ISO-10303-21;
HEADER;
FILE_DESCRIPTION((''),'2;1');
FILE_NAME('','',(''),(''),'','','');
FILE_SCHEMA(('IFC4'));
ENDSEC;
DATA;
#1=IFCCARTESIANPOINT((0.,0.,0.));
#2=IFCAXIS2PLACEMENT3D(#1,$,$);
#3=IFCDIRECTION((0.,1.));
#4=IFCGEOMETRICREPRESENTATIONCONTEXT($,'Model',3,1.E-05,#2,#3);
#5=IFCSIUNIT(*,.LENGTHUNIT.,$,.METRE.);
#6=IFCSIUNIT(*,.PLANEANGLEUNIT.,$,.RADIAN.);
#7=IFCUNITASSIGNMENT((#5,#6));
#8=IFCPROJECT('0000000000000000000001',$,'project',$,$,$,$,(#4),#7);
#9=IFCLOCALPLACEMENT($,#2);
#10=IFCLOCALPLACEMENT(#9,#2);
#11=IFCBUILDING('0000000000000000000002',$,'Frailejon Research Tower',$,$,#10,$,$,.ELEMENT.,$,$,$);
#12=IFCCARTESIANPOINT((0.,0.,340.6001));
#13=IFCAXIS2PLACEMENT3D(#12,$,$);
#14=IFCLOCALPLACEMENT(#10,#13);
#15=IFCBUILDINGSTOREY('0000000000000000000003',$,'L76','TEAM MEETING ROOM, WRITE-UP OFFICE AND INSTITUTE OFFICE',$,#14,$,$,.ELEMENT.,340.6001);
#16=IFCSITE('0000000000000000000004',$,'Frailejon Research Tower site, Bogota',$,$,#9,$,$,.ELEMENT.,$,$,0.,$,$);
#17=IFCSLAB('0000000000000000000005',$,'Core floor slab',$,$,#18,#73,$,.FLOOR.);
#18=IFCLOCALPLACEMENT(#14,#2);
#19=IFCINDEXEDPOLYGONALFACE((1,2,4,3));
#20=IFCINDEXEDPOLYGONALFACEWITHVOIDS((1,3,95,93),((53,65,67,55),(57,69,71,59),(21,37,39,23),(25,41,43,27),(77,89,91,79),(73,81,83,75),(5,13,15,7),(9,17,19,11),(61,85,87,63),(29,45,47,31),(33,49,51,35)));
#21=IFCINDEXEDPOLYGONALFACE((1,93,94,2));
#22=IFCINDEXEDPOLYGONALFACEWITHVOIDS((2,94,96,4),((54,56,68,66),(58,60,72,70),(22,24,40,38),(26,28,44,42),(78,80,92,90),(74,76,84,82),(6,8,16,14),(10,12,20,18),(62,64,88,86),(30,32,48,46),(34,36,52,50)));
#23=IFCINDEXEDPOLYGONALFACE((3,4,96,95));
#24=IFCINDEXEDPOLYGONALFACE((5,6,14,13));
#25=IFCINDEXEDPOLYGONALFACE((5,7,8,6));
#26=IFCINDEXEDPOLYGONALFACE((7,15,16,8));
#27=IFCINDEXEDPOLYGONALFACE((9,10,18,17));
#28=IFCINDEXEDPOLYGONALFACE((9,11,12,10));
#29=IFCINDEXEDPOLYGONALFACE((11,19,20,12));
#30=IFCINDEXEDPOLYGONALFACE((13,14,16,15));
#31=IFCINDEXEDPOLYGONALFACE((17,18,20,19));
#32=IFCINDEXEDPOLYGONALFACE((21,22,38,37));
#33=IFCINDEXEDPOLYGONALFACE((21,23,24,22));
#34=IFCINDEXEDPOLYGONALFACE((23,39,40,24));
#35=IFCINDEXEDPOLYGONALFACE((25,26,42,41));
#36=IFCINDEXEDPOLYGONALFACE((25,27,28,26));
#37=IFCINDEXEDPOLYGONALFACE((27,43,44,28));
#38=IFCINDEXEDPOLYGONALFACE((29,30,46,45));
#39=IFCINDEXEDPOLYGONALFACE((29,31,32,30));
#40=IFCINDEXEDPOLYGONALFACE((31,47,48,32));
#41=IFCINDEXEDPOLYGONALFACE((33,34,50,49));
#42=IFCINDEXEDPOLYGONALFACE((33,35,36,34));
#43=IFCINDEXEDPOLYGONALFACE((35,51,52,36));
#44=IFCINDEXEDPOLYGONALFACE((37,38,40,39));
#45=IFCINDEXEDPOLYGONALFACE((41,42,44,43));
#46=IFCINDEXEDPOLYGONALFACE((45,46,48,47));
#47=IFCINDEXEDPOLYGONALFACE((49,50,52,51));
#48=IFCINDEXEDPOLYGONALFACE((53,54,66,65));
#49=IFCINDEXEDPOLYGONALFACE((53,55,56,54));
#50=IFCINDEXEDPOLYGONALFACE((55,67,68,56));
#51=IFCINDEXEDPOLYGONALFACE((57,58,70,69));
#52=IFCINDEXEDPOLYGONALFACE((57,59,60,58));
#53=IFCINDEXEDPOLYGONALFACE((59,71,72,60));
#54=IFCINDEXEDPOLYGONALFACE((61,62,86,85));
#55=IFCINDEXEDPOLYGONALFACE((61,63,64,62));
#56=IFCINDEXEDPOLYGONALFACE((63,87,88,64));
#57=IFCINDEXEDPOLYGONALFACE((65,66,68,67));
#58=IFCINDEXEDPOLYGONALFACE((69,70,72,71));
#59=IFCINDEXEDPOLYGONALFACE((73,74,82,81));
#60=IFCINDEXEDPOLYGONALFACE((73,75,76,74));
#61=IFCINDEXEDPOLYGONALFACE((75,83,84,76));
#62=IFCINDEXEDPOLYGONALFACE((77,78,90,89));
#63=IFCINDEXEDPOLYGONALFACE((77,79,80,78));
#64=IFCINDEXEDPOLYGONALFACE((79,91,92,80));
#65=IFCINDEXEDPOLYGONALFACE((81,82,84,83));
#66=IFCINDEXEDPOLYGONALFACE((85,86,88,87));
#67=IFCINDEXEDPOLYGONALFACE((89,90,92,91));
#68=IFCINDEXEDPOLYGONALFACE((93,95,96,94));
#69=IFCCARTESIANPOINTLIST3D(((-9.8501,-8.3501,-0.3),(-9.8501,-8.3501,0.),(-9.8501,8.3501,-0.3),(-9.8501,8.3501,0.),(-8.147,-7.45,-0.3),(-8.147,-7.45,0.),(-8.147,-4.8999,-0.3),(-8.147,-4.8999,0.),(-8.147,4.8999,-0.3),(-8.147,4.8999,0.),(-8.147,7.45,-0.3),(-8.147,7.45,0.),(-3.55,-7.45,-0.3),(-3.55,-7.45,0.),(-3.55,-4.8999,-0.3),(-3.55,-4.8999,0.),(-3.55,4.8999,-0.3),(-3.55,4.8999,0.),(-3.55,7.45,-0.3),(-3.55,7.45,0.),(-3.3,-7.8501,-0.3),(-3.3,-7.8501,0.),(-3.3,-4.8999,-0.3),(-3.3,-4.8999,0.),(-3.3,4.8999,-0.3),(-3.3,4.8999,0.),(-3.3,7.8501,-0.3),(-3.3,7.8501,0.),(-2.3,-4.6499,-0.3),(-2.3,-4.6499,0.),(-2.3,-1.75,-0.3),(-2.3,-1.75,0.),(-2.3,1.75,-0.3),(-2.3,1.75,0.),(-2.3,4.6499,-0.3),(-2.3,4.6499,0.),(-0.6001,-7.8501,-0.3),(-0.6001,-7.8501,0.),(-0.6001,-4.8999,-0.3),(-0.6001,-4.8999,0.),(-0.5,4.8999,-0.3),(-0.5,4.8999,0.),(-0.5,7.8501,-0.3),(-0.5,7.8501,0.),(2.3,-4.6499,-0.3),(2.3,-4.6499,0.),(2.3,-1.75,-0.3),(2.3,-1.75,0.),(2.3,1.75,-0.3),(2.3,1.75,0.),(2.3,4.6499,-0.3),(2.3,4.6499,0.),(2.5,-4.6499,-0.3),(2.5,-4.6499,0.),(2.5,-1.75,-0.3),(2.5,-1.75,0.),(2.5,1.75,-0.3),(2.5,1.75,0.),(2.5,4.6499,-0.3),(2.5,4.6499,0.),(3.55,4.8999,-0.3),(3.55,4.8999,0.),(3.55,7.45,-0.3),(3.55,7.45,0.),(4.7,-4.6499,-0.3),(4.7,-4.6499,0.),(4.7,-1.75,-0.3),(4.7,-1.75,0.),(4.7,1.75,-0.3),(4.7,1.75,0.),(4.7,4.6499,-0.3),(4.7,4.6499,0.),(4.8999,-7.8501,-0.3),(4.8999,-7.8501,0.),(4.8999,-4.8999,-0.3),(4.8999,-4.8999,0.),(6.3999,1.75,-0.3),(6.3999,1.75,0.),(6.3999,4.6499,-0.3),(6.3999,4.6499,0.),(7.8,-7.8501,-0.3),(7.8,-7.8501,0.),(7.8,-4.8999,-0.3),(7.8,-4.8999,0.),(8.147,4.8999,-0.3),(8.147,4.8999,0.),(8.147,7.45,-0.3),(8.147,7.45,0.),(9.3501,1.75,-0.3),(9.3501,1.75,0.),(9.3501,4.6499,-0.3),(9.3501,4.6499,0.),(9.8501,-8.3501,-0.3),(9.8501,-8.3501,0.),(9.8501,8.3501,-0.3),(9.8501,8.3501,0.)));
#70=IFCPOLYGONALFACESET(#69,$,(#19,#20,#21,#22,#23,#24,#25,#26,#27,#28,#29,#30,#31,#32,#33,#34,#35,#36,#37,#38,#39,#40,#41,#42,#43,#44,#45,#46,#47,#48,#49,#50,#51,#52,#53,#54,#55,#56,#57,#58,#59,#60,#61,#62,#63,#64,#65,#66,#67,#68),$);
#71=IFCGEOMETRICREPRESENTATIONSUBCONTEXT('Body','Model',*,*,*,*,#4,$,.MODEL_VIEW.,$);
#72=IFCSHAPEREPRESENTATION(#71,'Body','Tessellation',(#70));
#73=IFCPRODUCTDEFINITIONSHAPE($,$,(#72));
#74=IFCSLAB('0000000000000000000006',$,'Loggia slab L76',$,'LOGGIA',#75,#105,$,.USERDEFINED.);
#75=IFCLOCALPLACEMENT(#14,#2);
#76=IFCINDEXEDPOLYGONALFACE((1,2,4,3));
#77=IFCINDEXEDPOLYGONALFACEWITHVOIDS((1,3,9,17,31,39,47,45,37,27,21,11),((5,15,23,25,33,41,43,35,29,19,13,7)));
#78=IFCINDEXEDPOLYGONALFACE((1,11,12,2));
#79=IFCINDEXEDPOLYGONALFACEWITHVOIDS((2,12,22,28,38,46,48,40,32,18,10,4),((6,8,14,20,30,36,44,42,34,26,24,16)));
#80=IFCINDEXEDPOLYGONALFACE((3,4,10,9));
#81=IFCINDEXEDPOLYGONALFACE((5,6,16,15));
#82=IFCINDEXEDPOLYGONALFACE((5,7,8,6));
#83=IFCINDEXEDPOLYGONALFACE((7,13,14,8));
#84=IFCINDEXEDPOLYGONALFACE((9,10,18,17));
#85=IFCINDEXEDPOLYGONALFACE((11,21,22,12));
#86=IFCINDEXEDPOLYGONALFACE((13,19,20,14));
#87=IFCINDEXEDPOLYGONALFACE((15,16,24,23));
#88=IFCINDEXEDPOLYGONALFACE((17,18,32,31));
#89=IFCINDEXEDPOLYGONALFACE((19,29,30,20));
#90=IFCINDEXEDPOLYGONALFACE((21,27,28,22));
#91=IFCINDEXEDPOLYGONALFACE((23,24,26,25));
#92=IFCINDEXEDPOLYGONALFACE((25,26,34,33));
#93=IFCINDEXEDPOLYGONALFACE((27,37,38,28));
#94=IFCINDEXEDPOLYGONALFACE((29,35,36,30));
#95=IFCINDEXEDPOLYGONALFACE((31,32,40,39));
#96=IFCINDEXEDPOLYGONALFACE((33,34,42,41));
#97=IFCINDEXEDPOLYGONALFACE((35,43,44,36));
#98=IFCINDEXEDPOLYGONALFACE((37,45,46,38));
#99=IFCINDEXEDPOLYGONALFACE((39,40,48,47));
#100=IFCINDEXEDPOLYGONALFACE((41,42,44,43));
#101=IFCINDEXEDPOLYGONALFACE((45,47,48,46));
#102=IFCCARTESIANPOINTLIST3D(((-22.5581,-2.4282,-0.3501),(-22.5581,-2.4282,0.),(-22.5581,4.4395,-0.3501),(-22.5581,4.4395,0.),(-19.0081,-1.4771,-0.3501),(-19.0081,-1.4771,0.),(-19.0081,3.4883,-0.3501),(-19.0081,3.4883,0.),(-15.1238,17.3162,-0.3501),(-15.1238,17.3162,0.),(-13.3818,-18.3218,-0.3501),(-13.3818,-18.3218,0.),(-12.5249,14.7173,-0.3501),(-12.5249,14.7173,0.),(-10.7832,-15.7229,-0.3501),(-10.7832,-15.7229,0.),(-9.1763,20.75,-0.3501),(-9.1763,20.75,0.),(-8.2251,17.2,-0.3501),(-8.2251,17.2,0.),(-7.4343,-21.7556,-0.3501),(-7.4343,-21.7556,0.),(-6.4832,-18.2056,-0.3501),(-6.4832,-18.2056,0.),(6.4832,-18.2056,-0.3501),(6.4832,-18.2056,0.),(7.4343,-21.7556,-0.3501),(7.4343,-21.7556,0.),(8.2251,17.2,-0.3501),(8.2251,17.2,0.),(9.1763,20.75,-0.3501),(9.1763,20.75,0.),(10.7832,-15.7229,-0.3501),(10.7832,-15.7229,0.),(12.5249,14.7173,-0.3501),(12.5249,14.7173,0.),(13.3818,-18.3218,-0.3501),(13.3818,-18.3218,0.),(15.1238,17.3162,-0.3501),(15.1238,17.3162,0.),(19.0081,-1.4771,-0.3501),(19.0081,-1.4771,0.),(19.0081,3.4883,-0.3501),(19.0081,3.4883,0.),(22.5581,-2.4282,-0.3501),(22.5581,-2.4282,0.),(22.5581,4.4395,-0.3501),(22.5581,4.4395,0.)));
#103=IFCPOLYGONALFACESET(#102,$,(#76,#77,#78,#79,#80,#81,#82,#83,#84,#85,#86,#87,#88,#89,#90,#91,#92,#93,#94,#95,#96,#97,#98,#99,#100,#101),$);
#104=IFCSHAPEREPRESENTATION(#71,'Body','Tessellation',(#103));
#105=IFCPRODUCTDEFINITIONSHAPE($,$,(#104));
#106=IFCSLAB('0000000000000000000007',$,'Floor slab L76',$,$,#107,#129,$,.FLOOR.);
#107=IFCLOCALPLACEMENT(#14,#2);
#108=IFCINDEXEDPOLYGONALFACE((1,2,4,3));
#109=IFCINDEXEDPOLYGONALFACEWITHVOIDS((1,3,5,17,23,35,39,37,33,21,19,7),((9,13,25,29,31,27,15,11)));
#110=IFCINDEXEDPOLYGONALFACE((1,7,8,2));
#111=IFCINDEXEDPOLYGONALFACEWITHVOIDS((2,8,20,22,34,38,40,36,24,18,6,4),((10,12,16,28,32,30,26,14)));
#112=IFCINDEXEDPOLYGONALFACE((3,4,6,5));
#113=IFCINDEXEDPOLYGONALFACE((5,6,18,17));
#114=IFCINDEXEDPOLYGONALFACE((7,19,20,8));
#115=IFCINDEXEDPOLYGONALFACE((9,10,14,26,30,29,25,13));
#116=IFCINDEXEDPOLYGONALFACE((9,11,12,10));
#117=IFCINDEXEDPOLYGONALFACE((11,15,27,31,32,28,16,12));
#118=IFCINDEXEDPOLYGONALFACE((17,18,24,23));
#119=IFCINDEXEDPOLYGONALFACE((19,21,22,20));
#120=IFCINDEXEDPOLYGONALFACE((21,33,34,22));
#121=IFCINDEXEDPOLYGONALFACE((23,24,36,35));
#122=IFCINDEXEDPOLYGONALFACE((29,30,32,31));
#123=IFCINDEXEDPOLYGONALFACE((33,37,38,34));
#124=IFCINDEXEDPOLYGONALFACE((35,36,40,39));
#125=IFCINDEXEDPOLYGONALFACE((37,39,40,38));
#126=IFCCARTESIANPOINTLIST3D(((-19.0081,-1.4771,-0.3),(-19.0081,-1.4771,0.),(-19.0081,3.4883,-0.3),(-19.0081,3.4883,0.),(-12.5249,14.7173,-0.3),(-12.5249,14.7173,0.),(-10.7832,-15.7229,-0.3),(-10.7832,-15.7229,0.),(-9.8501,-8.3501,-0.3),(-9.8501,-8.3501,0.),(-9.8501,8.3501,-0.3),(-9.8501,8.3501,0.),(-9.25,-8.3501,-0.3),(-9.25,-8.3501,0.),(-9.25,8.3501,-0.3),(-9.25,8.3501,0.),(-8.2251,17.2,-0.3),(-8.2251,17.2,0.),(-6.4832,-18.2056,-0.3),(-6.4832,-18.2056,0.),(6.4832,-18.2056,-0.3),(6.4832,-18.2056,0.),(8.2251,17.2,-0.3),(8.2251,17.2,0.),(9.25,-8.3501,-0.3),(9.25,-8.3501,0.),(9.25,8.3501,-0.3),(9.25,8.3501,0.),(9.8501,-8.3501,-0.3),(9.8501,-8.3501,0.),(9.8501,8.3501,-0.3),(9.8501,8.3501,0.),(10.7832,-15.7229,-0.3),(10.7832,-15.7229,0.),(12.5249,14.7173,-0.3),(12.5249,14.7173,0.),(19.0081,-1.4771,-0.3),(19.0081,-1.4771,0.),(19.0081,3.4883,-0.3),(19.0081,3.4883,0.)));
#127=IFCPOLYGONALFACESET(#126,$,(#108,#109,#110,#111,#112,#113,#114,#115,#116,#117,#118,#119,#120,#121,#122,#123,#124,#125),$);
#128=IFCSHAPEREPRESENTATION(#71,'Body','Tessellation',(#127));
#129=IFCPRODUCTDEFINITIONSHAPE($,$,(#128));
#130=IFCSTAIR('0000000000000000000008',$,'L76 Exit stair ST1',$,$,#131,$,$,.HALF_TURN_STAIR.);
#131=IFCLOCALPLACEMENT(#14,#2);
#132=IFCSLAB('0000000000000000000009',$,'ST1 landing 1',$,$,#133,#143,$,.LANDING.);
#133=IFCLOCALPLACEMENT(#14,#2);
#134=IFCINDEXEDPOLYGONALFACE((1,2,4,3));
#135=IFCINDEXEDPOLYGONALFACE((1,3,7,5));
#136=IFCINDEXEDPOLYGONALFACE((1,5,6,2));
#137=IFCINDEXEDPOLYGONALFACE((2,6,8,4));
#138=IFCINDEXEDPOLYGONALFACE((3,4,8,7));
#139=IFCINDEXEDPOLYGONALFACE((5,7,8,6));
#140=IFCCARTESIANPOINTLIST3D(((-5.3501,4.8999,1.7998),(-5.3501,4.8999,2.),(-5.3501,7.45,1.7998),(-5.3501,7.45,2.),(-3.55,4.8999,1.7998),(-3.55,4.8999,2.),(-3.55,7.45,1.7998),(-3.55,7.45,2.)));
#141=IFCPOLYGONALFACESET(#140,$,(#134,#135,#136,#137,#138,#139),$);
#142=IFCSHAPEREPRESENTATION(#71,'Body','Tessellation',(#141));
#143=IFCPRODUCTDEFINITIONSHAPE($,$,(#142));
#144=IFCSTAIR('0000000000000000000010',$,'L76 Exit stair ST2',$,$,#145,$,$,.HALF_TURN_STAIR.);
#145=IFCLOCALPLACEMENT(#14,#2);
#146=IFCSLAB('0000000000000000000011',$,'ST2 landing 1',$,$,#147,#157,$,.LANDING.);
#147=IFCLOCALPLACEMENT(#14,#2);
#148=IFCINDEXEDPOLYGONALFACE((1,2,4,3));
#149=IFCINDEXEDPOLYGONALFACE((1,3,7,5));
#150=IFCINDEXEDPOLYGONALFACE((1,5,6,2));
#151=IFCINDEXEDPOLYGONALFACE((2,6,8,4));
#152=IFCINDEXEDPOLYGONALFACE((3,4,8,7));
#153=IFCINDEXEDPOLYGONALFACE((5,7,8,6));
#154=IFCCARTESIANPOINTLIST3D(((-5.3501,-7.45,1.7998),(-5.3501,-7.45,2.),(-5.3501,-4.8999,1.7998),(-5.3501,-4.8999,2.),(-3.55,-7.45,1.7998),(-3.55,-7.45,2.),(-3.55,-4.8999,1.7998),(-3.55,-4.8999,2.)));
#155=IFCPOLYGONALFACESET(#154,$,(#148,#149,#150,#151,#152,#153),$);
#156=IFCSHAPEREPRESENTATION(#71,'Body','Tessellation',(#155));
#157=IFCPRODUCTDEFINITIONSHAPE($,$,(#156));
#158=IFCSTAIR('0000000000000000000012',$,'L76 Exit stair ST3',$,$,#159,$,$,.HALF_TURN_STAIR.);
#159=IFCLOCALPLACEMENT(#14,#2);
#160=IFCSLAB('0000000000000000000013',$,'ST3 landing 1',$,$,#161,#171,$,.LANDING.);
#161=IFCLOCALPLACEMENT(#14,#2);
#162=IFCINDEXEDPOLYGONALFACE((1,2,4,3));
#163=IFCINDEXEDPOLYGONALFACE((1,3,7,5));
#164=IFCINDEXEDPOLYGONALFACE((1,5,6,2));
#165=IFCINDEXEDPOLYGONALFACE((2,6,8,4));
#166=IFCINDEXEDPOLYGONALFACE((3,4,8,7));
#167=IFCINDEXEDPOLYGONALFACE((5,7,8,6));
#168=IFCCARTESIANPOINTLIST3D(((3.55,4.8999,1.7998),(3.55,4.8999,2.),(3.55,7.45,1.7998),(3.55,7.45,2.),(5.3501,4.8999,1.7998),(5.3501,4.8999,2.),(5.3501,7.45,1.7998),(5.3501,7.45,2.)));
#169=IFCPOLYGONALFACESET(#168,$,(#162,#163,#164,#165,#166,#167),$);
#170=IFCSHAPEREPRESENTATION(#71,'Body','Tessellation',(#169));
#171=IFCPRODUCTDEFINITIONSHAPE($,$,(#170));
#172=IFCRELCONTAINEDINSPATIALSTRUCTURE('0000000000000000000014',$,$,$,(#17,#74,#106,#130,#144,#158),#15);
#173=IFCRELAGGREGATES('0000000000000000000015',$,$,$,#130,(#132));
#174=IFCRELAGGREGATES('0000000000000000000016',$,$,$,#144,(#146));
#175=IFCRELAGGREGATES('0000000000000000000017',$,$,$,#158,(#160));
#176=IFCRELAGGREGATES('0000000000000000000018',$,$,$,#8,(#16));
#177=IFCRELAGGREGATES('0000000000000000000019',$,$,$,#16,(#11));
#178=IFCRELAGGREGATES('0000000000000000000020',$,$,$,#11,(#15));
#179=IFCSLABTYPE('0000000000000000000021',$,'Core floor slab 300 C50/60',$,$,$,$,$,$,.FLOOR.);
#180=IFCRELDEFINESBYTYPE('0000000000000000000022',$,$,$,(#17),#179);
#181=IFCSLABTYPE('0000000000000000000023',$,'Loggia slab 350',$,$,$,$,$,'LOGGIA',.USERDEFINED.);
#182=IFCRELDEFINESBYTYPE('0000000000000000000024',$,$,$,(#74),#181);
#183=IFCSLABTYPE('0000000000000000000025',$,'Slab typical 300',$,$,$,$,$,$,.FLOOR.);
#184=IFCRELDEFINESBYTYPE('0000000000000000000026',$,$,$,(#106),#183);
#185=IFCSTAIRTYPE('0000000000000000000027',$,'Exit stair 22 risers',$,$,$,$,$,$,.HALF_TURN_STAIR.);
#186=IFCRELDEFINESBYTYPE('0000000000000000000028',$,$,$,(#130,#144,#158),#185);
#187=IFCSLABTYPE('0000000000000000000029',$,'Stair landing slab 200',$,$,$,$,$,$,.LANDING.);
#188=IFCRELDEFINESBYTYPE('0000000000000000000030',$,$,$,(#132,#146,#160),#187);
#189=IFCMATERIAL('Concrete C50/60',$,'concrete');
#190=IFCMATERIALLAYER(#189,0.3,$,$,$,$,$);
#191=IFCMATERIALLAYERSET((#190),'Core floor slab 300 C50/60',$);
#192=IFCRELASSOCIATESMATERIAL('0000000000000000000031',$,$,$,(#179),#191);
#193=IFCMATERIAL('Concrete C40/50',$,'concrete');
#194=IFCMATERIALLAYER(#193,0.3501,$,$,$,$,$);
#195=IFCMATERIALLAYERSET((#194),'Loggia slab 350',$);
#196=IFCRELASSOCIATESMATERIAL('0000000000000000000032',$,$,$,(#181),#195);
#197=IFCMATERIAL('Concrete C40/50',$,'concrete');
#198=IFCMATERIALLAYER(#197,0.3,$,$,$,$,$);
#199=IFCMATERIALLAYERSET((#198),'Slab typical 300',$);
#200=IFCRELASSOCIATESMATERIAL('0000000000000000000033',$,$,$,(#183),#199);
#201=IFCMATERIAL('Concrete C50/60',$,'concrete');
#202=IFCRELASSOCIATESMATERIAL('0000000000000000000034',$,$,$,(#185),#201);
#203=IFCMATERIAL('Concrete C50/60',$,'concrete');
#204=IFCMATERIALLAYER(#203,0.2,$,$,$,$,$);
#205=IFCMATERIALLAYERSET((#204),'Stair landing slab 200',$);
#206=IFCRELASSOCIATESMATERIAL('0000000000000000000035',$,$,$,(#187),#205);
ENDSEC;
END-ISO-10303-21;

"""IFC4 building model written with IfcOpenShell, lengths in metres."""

from ifc_helpers import new_model, si_unit, direction, frame, origin, place, context, subcontext, project, spatial, polyline, outline, extrude, material, layer, layer_set, type_object, element, aggregate, save


model = new_model("IFC4")

# Units and contexts
model_context = context("Model", 3, precision=1e-05, world=origin(), true_north=direction((0.0, 1.0)))
body_context = subcontext(model_context, "Body", "Model", "MODEL_VIEW")
ifc_project = project(units=[si_unit("LENGTHUNIT", "METRE"), si_unit("PLANEANGLEUNIT", "RADIAN")], contexts=[model_context])

# Site, building, storey
site_placement = place(None, origin())
site = spatial("IfcSite", under=ifc_project, at=site_placement, Name="Frailejon Research Tower site, Bogota", CompositionType="ELEMENT", RefElevation=0.0)
building_placement = place(site_placement, origin())
building = spatial("IfcBuilding", under=site, at=building_placement, Name="Frailejon Research Tower", CompositionType="ELEMENT")
storey_placement = place(building_placement, frame((0.0, 0.0, 340.6001)))
storey = spatial("IfcBuildingStorey", under=building, at=storey_placement, Name="L76", Description="TEAM MEETING ROOM, WRITE-UP OFFICE AND INSTITUTE OFFICE", CompositionType="ELEMENT", Elevation=340.6001)

# Slabs
ifc_material_1 = material(Name="Concrete C50/60", Category="concrete")
ifc_layer_1 = layer(ifc_material_1, 0.3)
ifc_layer_set_1 = layer_set([ifc_layer_1], Name="Core floor slab 300 C50/60")
slab_type_1 = type_object("IfcSlabType", Name="Core floor slab 300 C50/60", PredefinedType="FLOOR", material=ifc_layer_set_1)
slab_1_placement = place(storey_placement, frame((0.0, 0.0, -0.3)))
element("IfcSlab", 1, at=slab_1_placement, inside=storey, type_object=slab_type_1, Name="Core floor slab", PredefinedType="FLOOR", context=body_context, shape_type="SweptSolid", body=[
    extrude(outline(polyline([(9.8501, -8.3501), (9.8501, 8.3501), (-9.8501, 8.3501), (-9.8501, -8.3501), (9.8501, -8.3501)]), holes=[polyline([(2.3, 1.75), (2.3, 4.6499), (-2.3, 4.6499), (-2.3, 1.75), (2.3, 1.75)]), polyline([(4.7, 1.75), (4.7, 4.6499), (2.5, 4.6499), (2.5, 1.75), (4.7, 1.75)]), polyline([(9.3501, 1.75), (9.3501, 4.6499), (6.3999, 4.6499), (6.3999, 1.75), (9.3501, 1.75)]), polyline([(2.3, -4.6499), (2.3, -1.75), (-2.3, -1.75), (-2.3, -4.6499), (2.3, -4.6499)]), polyline([(4.7, -4.6499), (4.7, -1.75), (2.5, -1.75), (2.5, -4.6499), (4.7, -4.6499)]), polyline([(-8.147, 4.8999), (-3.55, 4.8999), (-3.55, 7.45), (-8.147, 7.45), (-8.147, 4.8999)]), polyline([(-8.147, -7.45), (-3.55, -7.45), (-3.55, -4.8999), (-8.147, -4.8999), (-8.147, -7.45)]), polyline([(8.147, 7.45), (3.55, 7.45), (3.55, 4.8999), (8.147, 4.8999), (8.147, 7.45)]), polyline([(-0.6001, -7.8501), (-0.6001, -4.8999), (-3.3, -4.8999), (-3.3, -7.8501), (-0.6001, -7.8501)]), polyline([(7.8, -7.8501), (7.8, -4.8999), (4.8999, -4.8999), (4.8999, -7.8501), (7.8, -7.8501)]), polyline([(-0.5, 4.8999), (-0.5, 7.8501), (-3.3, 7.8501), (-3.3, 4.8999), (-0.5, 4.8999)])]), origin(), (0.0, 0.0, 1.0), 0.3),
])
ifc_material_2 = material(Name="Concrete C40/50", Category="concrete")
ifc_layer_2 = layer(ifc_material_2, 0.3501)
ifc_layer_set_2 = layer_set([ifc_layer_2], Name="Loggia slab 350")
slab_type_2 = type_object("IfcSlabType", Name="Loggia slab 350", ElementType="LOGGIA", PredefinedType="USERDEFINED", material=ifc_layer_set_2)
slab_2_placement = place(storey_placement, frame((0.0, 0.0, -0.3501)))
element("IfcSlab", 2, at=slab_2_placement, inside=storey, type_object=slab_type_2, Name="Loggia slab L76", ObjectType="LOGGIA", PredefinedType="USERDEFINED", context=body_context, shape_type="SweptSolid", body=[
    extrude(outline(polyline([(13.3818, -18.3218), (7.4343, -21.7556), (-7.4343, -21.7556), (-13.3818, -18.3218), (-22.5581, -2.4282), (-22.5581, 4.4395), (-15.1238, 17.3162), (-9.1763, 20.75), (9.1763, 20.75), (15.1238, 17.3162), (22.5581, 4.4395), (22.5581, -2.4282), (13.3818, -18.3218)]), holes=[polyline([(19.0081, 3.4883), (12.5249, 14.7173), (8.2251, 17.2), (-8.2251, 17.2), (-12.5249, 14.7173), (-19.0081, 3.4883), (-19.0081, -1.4771), (-10.7832, -15.7229), (-6.4832, -18.2056), (6.4832, -18.2056), (10.7832, -15.7229), (19.0081, -1.4771), (19.0081, 3.4883)])]), origin(), (0.0, 0.0, 1.0), 0.3501),
])
ifc_material_3 = material(Name="Concrete C40/50", Category="concrete")
ifc_layer_3 = layer(ifc_material_3, 0.3)
ifc_layer_set_3 = layer_set([ifc_layer_3], Name="Slab typical 300")
slab_type_3 = type_object("IfcSlabType", Name="Slab typical 300", PredefinedType="FLOOR", material=ifc_layer_set_3)
slab_3_placement = place(storey_placement, frame((0.0, 0.0, -0.3)))
element("IfcSlab", 3, at=slab_3_placement, inside=storey, type_object=slab_type_3, Name="Floor slab L76", PredefinedType="FLOOR", context=body_context, shape_type="SweptSolid", body=[
    extrude(outline(polyline([(19.0081, -1.4771), (19.0081, 3.4883), (12.5249, 14.7173), (8.2251, 17.2), (-8.2251, 17.2), (-12.5249, 14.7173), (-19.0081, 3.4883), (-19.0081, -1.4771), (-10.7832, -15.7229), (-6.4832, -18.2056), (6.4832, -18.2056), (10.7832, -15.7229), (19.0081, -1.4771)]), holes=[polyline([(9.25, 8.3501), (9.8501, 8.3501), (9.8501, -8.3501), (9.25, -8.3501), (-9.25, -8.3501), (-9.8501, -8.3501), (-9.8501, 8.3501), (-9.25, 8.3501), (9.25, 8.3501)])]), origin(), (0.0, 0.0, 1.0), 0.3),
])

# Stairs, slabs
ifc_material_4 = material(Name="Concrete C50/60", Category="concrete")
stair_type = type_object("IfcStairType", Name="Exit stair 22 risers", PredefinedType="HALF_TURN_STAIR", material=ifc_material_4)
stair_1_placement = place(storey_placement, origin())
stair_1 = element("IfcStair", 4, at=stair_1_placement, inside=storey, type_object=stair_type, Name="L76 Exit stair ST1", PredefinedType="HALF_TURN_STAIR")
ifc_material_5 = material(Name="Concrete C50/60", Category="concrete")
ifc_layer_4 = layer(ifc_material_5, 0.2)
ifc_layer_set_4 = layer_set([ifc_layer_4], Name="Stair landing slab 200")
slab_type_4 = type_object("IfcSlabType", Name="Stair landing slab 200", PredefinedType="LANDING", material=ifc_layer_set_4)
slab_4_placement = place(storey_placement, frame((0.0, 0.0, 1.7998)))
slab_4 = element("IfcSlab", 5, at=slab_4_placement, type_object=slab_type_4, Name="ST1 landing 1", PredefinedType="LANDING", context=body_context, shape_type="SweptSolid", body=[
    extrude(outline(polyline([(-5.3501, 4.8999), (-3.55, 4.8999), (-3.55, 7.45), (-5.3501, 7.45), (-5.3501, 4.8999)])), origin(), (0.0, 0.0, 1.0), 0.2002),
])
aggregate(stair_1, [slab_4])
stair_2_placement = place(storey_placement, origin())
stair_2 = element("IfcStair", 6, at=stair_2_placement, inside=storey, type_object=stair_type, Name="L76 Exit stair ST2", PredefinedType="HALF_TURN_STAIR")
slab_5_placement = place(storey_placement, frame((0.0, 0.0, 1.7998)))
slab_5 = element("IfcSlab", 7, at=slab_5_placement, type_object=slab_type_4, Name="ST2 landing 1", PredefinedType="LANDING", context=body_context, shape_type="SweptSolid", body=[
    extrude(outline(polyline([(-5.3501, -7.45), (-3.55, -7.45), (-3.55, -4.8999), (-5.3501, -4.8999), (-5.3501, -7.45)])), origin(), (0.0, 0.0, 1.0), 0.2002),
])
aggregate(stair_2, [slab_5])
stair_3_placement = place(storey_placement, origin())
stair_3 = element("IfcStair", 8, at=stair_3_placement, inside=storey, type_object=stair_type, Name="L76 Exit stair ST3", PredefinedType="HALF_TURN_STAIR")
slab_6_placement = place(storey_placement, frame((0.0, 0.0, 1.7998)))
slab_6 = element("IfcSlab", 9, at=slab_6_placement, type_object=slab_type_4, Name="ST3 landing 1", PredefinedType="LANDING", context=body_context, shape_type="SweptSolid", body=[
    extrude(outline(polyline([(5.3501, 7.45), (3.55, 7.45), (3.55, 4.8999), (5.3501, 4.8999), (5.3501, 7.45)])), origin(), (0.0, 0.0, 1.0), 0.2002),
])
aggregate(stair_3, [slab_6])

save(model, "model.ifc")
